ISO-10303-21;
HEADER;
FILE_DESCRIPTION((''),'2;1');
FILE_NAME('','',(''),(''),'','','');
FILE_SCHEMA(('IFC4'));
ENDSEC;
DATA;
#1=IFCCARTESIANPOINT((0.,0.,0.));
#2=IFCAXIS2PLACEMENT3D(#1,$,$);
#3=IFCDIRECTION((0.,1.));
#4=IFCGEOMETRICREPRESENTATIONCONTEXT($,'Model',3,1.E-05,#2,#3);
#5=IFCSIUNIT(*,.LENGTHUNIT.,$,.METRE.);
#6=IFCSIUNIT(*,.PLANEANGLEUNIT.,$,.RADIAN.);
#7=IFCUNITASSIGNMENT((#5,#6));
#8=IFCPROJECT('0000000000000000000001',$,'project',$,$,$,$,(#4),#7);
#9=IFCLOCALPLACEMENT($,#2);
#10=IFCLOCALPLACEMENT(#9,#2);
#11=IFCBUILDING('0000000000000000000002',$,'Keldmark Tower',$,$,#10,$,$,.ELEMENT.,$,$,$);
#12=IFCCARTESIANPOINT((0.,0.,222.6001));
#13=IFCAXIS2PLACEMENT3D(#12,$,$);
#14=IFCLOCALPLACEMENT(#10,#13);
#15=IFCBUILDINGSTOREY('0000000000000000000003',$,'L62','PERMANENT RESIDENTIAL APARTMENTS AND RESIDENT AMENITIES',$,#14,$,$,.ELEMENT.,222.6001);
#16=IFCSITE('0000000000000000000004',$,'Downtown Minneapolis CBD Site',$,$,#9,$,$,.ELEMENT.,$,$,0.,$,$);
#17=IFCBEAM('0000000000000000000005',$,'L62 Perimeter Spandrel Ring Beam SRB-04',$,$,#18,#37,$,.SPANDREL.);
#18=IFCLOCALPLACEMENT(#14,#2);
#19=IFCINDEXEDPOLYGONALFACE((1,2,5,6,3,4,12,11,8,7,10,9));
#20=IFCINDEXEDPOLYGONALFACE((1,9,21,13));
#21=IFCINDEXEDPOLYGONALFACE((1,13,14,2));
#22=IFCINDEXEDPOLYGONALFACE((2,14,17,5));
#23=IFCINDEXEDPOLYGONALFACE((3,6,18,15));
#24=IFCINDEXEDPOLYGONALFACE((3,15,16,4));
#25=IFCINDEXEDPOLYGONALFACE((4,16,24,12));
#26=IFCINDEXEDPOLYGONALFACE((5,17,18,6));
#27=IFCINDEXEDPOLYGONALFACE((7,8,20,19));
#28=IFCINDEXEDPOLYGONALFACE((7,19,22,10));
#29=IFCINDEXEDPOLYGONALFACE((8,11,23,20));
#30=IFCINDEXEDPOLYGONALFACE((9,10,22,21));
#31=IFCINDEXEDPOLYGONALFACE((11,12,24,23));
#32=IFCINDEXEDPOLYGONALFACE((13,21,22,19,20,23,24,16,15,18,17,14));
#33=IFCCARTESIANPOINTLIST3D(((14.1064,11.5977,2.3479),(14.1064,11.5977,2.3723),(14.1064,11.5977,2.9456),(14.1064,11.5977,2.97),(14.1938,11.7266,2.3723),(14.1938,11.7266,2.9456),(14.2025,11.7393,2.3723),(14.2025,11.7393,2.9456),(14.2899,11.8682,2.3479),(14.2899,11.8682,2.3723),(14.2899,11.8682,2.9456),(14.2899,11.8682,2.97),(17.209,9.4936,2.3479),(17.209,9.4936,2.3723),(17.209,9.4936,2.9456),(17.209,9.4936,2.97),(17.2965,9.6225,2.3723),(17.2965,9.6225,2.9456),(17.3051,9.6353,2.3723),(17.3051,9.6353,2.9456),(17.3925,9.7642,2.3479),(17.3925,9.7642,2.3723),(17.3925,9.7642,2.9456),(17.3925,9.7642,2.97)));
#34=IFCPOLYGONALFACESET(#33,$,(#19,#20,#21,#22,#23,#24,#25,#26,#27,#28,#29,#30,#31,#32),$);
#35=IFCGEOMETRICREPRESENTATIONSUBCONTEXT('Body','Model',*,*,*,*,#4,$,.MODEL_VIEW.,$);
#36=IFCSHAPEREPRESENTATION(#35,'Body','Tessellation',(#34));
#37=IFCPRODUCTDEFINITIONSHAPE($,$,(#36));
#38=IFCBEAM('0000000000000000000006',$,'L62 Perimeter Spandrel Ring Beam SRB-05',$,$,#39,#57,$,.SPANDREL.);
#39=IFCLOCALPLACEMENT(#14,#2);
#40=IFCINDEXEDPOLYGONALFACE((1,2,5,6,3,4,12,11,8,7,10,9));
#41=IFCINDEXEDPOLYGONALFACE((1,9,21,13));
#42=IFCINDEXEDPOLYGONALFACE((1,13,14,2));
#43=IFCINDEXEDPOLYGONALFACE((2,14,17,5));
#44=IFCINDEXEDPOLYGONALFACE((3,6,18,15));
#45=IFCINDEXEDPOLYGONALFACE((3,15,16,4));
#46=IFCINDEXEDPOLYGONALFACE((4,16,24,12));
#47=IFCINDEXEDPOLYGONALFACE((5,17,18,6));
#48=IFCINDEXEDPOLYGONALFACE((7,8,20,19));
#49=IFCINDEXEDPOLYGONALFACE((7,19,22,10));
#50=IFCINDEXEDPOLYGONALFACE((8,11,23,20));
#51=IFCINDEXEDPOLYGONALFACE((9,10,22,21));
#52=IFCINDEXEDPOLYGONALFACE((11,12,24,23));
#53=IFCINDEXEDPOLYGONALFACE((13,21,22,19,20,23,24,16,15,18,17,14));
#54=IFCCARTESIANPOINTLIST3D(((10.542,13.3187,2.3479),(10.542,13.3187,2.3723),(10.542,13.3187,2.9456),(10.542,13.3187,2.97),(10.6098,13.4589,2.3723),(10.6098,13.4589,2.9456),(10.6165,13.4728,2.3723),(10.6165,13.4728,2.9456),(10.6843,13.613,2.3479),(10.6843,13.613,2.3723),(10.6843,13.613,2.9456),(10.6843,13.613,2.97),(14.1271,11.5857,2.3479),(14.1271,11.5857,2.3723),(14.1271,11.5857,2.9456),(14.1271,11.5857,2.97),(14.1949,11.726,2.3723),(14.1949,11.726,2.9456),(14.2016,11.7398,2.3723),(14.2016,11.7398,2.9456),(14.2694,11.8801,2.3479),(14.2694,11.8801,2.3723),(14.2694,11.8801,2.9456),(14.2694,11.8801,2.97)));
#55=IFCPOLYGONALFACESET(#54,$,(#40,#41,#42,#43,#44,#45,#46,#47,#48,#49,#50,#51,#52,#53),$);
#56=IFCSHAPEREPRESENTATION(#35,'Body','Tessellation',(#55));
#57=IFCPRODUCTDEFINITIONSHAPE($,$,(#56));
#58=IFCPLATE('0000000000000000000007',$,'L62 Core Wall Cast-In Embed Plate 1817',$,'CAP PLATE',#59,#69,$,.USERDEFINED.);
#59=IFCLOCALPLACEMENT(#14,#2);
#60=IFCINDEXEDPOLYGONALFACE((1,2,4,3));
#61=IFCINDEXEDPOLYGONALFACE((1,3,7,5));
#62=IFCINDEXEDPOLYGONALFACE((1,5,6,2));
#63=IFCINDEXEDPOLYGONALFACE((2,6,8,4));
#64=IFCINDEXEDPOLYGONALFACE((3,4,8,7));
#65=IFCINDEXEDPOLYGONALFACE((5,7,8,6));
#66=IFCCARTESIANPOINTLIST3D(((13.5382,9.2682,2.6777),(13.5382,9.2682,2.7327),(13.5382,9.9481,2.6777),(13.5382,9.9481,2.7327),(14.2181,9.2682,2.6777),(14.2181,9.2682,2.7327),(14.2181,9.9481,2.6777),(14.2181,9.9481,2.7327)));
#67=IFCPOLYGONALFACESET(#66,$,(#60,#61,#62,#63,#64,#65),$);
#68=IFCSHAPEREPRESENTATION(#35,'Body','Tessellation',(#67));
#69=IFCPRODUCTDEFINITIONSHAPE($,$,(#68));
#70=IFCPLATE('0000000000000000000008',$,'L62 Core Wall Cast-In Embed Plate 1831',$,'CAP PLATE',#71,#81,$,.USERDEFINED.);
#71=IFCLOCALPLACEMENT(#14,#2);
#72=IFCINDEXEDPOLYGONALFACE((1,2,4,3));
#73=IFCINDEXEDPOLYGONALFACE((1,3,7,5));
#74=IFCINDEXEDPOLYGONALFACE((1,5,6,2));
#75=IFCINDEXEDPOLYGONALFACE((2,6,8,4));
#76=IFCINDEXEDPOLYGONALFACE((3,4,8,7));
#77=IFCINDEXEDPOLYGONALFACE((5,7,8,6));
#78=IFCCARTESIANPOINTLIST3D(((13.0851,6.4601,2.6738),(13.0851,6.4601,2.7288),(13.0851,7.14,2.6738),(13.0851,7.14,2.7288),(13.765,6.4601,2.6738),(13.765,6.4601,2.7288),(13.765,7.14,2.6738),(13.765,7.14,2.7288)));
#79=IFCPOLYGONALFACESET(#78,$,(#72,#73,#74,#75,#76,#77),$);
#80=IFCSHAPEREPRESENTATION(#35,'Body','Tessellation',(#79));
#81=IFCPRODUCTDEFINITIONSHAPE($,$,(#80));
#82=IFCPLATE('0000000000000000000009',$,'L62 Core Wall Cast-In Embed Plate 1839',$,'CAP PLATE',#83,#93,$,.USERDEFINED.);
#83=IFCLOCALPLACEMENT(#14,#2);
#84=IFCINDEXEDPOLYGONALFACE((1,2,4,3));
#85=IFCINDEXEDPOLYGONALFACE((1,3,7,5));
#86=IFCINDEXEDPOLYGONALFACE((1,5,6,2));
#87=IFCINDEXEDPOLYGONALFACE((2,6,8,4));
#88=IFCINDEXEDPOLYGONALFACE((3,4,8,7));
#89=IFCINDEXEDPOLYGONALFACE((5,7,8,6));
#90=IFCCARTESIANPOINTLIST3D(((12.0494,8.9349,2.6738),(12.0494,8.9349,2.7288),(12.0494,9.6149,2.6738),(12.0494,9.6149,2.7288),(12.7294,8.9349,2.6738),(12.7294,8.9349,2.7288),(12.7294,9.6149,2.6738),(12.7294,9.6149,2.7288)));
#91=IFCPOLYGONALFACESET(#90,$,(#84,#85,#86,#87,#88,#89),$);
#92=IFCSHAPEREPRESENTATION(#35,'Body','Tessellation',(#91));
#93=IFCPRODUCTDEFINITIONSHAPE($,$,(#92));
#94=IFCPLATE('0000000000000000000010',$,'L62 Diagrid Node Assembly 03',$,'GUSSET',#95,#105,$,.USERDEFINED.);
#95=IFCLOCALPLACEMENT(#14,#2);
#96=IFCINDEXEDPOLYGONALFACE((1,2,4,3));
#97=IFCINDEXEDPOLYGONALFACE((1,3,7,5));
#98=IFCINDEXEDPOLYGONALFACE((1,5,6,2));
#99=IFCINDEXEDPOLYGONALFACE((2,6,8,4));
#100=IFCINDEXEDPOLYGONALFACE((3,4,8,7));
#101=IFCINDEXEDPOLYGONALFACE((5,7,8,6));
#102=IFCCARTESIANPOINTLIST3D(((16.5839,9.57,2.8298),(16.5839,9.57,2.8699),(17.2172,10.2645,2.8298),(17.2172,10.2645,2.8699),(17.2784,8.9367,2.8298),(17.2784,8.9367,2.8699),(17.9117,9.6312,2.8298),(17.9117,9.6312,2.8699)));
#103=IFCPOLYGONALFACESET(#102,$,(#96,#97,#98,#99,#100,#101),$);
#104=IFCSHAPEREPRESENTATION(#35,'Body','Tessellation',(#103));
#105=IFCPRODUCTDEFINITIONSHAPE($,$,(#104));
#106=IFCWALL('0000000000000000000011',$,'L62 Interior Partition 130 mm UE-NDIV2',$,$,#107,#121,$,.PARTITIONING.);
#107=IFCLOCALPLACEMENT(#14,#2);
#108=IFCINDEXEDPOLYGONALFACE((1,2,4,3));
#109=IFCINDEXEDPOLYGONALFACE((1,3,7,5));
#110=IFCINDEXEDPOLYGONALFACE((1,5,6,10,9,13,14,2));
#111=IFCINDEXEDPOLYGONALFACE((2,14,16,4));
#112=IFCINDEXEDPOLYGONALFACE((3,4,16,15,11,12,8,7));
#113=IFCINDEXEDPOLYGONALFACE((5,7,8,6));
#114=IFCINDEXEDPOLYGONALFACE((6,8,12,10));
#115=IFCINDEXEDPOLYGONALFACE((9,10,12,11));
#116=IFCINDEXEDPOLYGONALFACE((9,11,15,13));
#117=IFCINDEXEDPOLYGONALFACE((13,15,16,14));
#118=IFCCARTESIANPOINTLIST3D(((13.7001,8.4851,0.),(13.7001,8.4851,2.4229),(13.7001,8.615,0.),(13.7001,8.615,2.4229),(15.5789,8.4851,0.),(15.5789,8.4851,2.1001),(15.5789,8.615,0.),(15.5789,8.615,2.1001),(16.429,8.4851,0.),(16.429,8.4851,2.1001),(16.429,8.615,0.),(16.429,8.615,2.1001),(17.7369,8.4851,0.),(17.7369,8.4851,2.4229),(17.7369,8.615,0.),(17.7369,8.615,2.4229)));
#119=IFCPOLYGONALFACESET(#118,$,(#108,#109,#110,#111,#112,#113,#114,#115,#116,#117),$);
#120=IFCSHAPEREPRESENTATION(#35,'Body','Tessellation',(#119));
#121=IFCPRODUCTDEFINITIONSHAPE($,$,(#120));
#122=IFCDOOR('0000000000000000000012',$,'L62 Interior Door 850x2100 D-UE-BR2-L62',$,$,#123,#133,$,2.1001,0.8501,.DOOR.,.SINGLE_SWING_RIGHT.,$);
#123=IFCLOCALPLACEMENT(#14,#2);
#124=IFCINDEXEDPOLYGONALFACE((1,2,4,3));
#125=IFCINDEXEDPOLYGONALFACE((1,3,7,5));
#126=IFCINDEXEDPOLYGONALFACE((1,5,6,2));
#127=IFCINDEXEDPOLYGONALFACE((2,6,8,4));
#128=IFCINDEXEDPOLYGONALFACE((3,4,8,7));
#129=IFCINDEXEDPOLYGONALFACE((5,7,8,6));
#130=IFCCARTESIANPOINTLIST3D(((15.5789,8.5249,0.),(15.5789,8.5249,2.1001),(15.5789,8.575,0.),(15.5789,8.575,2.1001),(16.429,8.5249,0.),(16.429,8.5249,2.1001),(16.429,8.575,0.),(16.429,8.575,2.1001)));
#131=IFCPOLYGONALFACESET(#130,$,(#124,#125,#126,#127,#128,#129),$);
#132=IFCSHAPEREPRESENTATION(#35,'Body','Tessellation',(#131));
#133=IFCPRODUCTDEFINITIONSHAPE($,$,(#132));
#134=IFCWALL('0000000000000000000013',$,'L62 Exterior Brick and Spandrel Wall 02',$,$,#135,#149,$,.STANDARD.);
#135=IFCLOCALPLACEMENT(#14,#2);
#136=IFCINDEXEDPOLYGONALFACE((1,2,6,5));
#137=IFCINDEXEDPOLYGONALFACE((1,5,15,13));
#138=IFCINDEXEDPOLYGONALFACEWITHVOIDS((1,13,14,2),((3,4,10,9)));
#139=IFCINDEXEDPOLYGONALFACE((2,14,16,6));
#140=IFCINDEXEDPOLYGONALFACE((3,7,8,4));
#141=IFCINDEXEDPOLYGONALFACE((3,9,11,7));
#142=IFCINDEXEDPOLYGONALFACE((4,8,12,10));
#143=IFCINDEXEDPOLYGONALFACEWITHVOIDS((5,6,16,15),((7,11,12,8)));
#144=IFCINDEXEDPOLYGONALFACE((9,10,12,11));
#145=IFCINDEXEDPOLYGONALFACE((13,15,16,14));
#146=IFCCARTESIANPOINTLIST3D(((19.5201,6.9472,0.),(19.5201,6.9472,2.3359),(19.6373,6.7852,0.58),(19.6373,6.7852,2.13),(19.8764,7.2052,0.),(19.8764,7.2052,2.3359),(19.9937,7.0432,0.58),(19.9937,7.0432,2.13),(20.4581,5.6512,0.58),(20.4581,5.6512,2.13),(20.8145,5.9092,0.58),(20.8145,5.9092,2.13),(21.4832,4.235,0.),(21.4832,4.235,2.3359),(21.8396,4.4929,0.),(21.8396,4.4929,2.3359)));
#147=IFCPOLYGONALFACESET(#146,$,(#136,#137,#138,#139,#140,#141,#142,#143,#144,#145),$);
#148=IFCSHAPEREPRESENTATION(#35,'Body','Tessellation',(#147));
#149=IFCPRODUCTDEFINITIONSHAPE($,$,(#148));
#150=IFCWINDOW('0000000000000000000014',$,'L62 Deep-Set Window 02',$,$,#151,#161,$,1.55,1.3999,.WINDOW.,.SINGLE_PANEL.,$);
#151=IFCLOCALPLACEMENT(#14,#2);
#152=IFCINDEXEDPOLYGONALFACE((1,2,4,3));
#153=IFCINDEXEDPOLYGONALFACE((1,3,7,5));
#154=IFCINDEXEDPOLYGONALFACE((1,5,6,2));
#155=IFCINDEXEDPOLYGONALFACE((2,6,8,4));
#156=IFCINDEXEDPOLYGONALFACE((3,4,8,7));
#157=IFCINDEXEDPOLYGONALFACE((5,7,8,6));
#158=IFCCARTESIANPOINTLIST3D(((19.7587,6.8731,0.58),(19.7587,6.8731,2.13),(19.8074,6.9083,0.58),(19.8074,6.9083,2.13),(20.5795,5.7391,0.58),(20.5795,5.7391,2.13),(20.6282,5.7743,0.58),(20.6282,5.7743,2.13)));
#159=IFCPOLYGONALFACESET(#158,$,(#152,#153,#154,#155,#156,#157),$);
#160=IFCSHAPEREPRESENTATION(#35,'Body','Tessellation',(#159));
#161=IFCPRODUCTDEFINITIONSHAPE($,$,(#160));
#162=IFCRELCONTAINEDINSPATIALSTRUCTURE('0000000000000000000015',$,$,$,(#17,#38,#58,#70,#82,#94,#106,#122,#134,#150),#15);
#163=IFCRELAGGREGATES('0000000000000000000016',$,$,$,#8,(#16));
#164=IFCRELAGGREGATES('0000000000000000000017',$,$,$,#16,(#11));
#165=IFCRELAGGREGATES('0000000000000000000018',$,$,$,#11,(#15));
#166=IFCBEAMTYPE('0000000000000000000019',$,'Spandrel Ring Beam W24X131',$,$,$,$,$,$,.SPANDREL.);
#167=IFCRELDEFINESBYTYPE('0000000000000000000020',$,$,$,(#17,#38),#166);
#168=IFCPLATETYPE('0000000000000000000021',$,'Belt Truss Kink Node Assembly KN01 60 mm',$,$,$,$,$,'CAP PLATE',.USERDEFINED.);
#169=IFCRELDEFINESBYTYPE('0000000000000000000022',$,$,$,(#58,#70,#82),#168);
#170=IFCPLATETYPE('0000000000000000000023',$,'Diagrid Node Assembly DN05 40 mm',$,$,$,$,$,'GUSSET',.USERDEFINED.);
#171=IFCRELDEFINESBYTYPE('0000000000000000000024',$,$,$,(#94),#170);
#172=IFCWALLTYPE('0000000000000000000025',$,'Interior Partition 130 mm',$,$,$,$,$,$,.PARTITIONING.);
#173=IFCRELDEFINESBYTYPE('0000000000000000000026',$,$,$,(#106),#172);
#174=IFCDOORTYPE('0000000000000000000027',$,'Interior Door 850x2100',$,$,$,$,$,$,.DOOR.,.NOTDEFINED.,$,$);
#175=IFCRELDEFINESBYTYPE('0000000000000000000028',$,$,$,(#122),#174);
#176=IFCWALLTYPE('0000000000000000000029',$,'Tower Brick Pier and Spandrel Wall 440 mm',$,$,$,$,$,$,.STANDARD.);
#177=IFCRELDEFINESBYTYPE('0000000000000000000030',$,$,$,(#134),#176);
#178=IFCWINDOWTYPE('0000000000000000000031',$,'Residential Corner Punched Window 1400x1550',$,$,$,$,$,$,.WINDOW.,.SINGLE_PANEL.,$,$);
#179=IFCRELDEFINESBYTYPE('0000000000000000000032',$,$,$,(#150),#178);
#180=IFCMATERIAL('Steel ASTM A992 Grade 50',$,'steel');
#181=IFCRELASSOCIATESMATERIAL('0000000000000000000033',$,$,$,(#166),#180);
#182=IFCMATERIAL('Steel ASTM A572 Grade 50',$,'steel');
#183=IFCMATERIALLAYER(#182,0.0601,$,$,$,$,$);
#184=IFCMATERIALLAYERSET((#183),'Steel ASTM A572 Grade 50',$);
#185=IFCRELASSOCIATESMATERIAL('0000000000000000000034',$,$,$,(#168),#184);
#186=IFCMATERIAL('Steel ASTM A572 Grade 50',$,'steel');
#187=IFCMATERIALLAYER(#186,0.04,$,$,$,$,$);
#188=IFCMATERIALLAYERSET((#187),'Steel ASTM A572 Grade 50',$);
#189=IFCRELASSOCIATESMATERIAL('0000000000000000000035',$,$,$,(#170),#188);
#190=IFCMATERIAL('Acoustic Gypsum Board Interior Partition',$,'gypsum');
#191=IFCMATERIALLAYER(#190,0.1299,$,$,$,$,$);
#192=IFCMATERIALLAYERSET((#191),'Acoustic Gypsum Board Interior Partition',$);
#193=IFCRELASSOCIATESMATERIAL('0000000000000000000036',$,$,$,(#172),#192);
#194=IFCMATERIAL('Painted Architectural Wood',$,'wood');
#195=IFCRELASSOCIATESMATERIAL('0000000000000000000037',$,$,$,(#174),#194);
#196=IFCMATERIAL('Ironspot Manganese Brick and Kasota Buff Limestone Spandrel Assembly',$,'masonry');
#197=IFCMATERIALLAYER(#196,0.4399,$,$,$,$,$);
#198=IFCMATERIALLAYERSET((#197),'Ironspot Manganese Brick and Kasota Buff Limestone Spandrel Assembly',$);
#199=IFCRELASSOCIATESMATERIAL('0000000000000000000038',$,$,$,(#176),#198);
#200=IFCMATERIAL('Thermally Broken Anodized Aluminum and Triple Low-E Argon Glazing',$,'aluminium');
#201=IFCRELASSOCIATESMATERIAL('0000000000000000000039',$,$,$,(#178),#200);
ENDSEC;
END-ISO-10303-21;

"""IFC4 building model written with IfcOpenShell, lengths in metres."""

from ifc_helpers import new_model, si_unit, direction, frame, frame_2d, origin, origin_2d, place, context, subcontext, project, spatial, rectangle, i_section, extrude, material, layer, layer_set, material_profile, profile_set, type_object, element, fill, save


model = new_model("IFC4")

# Units and contexts
model_context = context("Model", 3, precision=1e-05, world=origin(), true_north=direction((0.0, 1.0)))
body_context = subcontext(model_context, "Body", "Model", "MODEL_VIEW")
ifc_project = project(units=[si_unit("LENGTHUNIT", "METRE"), si_unit("PLANEANGLEUNIT", "RADIAN")], contexts=[model_context])

# Site, building, storey
site_placement = place(None, origin())
site = spatial("IfcSite", under=ifc_project, at=site_placement, Name="Downtown Minneapolis CBD Site", CompositionType="ELEMENT", RefElevation=0.0)
building_placement = place(site_placement, origin())
building = spatial("IfcBuilding", under=site, at=building_placement, Name="Keldmark Tower", CompositionType="ELEMENT")
storey_placement = place(building_placement, frame((0.0, 0.0, 222.6001)))
storey = spatial("IfcBuildingStorey", under=building, at=storey_placement, Name="L62", Description="PERMANENT RESIDENTIAL APARTMENTS AND RESIDENT AMENITIES", CompositionType="ELEMENT", Elevation=222.6001)

# Beams
ifc_material_1 = material(Name="Steel ASTM A992 Grade 50", Category="steel")
ifc_material_profile_1 = material_profile(ifc_material_1, i_section(OverallWidth=0.3269, OverallDepth=0.6221, WebThickness=0.0154, FlangeThickness=0.0244, at=origin_2d()), Name="W24X131")
ifc_profile_set_1 = profile_set([ifc_material_profile_1], Name="Steel ASTM A992 Grade 50")
beam_type_1 = type_object("IfcBeamType", Name="Spandrel Ring Beam W24X131", PredefinedType="SPANDREL", material=ifc_profile_set_1)
beam_1_placement = place(storey_placement, frame((17.3008, 9.6289, 2.6589), z_axis=(-0.827636, 0.561266, 0.0), x_axis=(-0.561266, -0.827636, 0.0)))
element("IfcBeam", 1, at=beam_1_placement, inside=storey, type_object=beam_type_1, Name="L62 Perimeter Spandrel Ring Beam SRB-04", PredefinedType="SPANDREL", context=body_context, shape_type="SweptSolid", body=[
    extrude(i_section(OverallWidth=0.3269, OverallDepth=0.6221, WebThickness=0.0154, FlangeThickness=0.0244, at=origin_2d()), origin(), (0.0, 0.0, 1.0), 3.7488),
])
beam_2_placement = place(storey_placement, frame((14.1982, 11.7329, 2.6589), z_axis=(-0.900331, 0.435205, 0.0), x_axis=(-0.435205, -0.900331, 0.0)))
element("IfcBeam", 2, at=beam_2_placement, inside=storey, type_object=beam_type_1, Name="L62 Perimeter Spandrel Ring Beam SRB-05", PredefinedType="SPANDREL", context=body_context, shape_type="SweptSolid", body=[
    extrude(i_section(OverallWidth=0.3269, OverallDepth=0.6221, WebThickness=0.0154, FlangeThickness=0.0244, at=origin_2d()), origin(), (0.0, 0.0, 1.0), 3.9819),
])

# Plates
ifc_material_2 = material(Name="Steel ASTM A572 Grade 50", Category="steel")
ifc_layer_1 = layer(ifc_material_2, 0.0601)
ifc_layer_set_1 = layer_set([ifc_layer_1], Name="Steel ASTM A572 Grade 50")
plate_type_1 = type_object("IfcPlateType", Name="Belt Truss Kink Node Assembly KN01 60 mm", ElementType="CAP PLATE", PredefinedType="USERDEFINED", material=ifc_layer_set_1)
for number, where, z_axis, x_axis, name in (
    (3, (13.8782, 9.6082, 2.6777), (0.0, 0.0, 1.0), (1.0, 0.0, 0.0), "L62 Core Wall Cast-In Embed Plate 1817"),
    (4, (13.425, 6.8, 2.6738), (0.0, 0.0, 1.0), (1.0, 0.0, 0.0), "L62 Core Wall Cast-In Embed Plate 1831"),
    (5, (12.3894, 9.2749, 2.6738), (0.0, 0.0, 1.0), (1.0, 0.0, 0.0), "L62 Core Wall Cast-In Embed Plate 1839"),
):
    element("IfcPlate", number, at=place(storey_placement, frame(where, z_axis=z_axis, x_axis=x_axis)), inside=storey, type_object=plate_type_1, Name=name, ObjectType="CAP PLATE", PredefinedType="USERDEFINED", context=body_context, shape_type="SweptSolid", body=[
        extrude(rectangle(XDim=0.6799, YDim=0.6799, at=origin_2d()), origin(), (0.0, 0.0, 1.0), 0.0549),
    ])
ifc_material_3 = material(Name="Steel ASTM A572 Grade 50", Category="steel")
ifc_layer_2 = layer(ifc_material_3, 0.04)
ifc_layer_set_2 = layer_set([ifc_layer_2], Name="Steel ASTM A572 Grade 50")
plate_type_2 = type_object("IfcPlateType", Name="Diagrid Node Assembly DN05 40 mm", ElementType="GUSSET", PredefinedType="USERDEFINED", material=ifc_layer_set_2)
plate_placement = place(storey_placement, frame((17.2478, 9.6006, 2.8298), z_axis=(0.0, 0.0, 1.0), x_axis=(-0.738926, 0.673787, 0.0)))
element("IfcPlate", 6, at=plate_placement, inside=storey, type_object=plate_type_2, Name="L62 Diagrid Node Assembly 03", ObjectType="GUSSET", PredefinedType="USERDEFINED", context=body_context, shape_type="SweptSolid", body=[
    extrude(rectangle(XDim=0.9399, YDim=0.9399, at=origin_2d()), origin(), (0.0, 0.0, 1.0), 0.04),
])

# Wall, opening, door
ifc_material_4 = material(Name="Acoustic Gypsum Board Interior Partition", Category="gypsum")
ifc_layer_3 = layer(ifc_material_4, 0.1299)
ifc_layer_set_3 = layer_set([ifc_layer_3], Name="Acoustic Gypsum Board Interior Partition")
wall_type_1 = type_object("IfcWallType", Name="Interior Partition 130 mm", PredefinedType="PARTITIONING", material=ifc_layer_set_3)
wall_1_placement = place(storey_placement, frame((13.7, 8.55, 0.0), z_axis=(0.0, 0.0, 1.0), x_axis=(1.0, 0.0, 0.0)))
wall_1 = element("IfcWall", 7, at=wall_1_placement, inside=storey, type_object=wall_type_1, Name="L62 Interior Partition 130 mm UE-NDIV2", PredefinedType="PARTITIONING", context=body_context, shape_type="SweptSolid", body=[
    extrude(rectangle(XDim=4.0369, YDim=0.1299, at=frame_2d((2.0186, 0.0))), origin(), (0.0, 0.0, 1.0), 2.4229),
])
opening_1_placement = place(wall_1_placement, frame((1.8789, 0.0, 0.0)))
opening_1 = element("IfcOpeningElement", 8, at=opening_1_placement, cuts=wall_1, PredefinedType="OPENING", context=body_context, shape_type="SweptSolid", body=[
    extrude(rectangle(XDim=0.8501, YDim=2.1001, at=frame_2d((0.425, 1.05))), frame((0.0, 0.075, 0.0), z_axis=(0.0, -1.0, 0.0), x_axis=(1.0, 0.0, 0.0)), (0.0, 0.0, 1.0), 0.1499),
])
ifc_material_5 = material(Name="Painted Architectural Wood", Category="wood")
door_type = type_object("IfcDoorType", Name="Interior Door 850x2100", OperationType="NOTDEFINED", PredefinedType="DOOR", material=ifc_material_5)
door_placement = place(opening_1_placement, origin())
door = element("IfcDoor", 9, at=door_placement, inside=storey, type_object=door_type, Name="L62 Interior Door 850x2100 D-UE-BR2-L62", OperationType="SINGLE_SWING_RIGHT", OverallHeight=2.1001, OverallWidth=0.8501, PredefinedType="DOOR", context=body_context, shape_type="SweptSolid", body=[
    extrude(rectangle(XDim=0.8501, YDim=2.1001, at=frame_2d((0.425, 1.05))), frame((0.0, 0.0249, 0.0), z_axis=(0.0, -1.0, 0.0), x_axis=(1.0, 0.0, 0.0)), (0.0, 0.0, 1.0), 0.05),
])
fill(opening_1, door)

# Wall, opening, window
ifc_material_6 = material(Name="Ironspot Manganese Brick and Kasota Buff Limestone Spandrel Assembly", Category="masonry")
ifc_layer_4 = layer(ifc_material_6, 0.4399)
ifc_layer_set_4 = layer_set([ifc_layer_4], Name="Ironspot Manganese Brick and Kasota Buff Limestone Spandrel Assembly")
wall_type_2 = type_object("IfcWallType", Name="Tower Brick Pier and Spandrel Wall 440 mm", PredefinedType="STANDARD", material=ifc_layer_set_4)
wall_2_placement = place(storey_placement, frame((19.6982, 7.0762, 0.0), z_axis=(0.0, 0.0, 1.0), x_axis=(0.586345, -0.810062, 0.0)))
wall_2 = element("IfcWall", 10, at=wall_2_placement, inside=storey, type_object=wall_type_2, Name="L62 Exterior Brick and Spandrel Wall 02", PredefinedType="STANDARD", context=body_context, shape_type="SweptSolid", body=[
    extrude(rectangle(XDim=3.3481, YDim=0.4399, at=frame_2d((1.6741, 0.0))), origin(), (0.0, 0.0, 1.0), 2.3359),
])
opening_2_placement = place(wall_2_placement, frame((0.2, 0.0, 0.5801)))
opening_2 = element("IfcOpeningElement", 11, at=opening_2_placement, cuts=wall_2, PredefinedType="OPENING", context=body_context, shape_type="SweptSolid", body=[
    extrude(rectangle(XDim=1.3999, YDim=1.55, at=frame_2d((0.7, 0.7749))), frame((0.0, 0.23, 0.0), z_axis=(0.0, -1.0, 0.0), x_axis=(1.0, 0.0, 0.0)), (0.0, 0.0, 1.0), 0.46),
])
ifc_material_7 = material(Name="Thermally Broken Anodized Aluminum and Triple Low-E Argon Glazing", Category="aluminium")
window_type_1 = type_object("IfcWindowType", Name="Residential Corner Punched Window 1400x1550", PartitioningType="SINGLE_PANEL", PredefinedType="WINDOW", material=ifc_material_7)
window_1_placement = place(opening_2_placement, origin())
window_1 = element("IfcWindow", 12, at=window_1_placement, inside=storey, type_object=window_type_1, Name="L62 Deep-Set Window 02", OverallHeight=1.55, OverallWidth=1.3999, PartitioningType="SINGLE_PANEL", PredefinedType="WINDOW", context=body_context, shape_type="SweptSolid", body=[
    extrude(rectangle(XDim=1.3999, YDim=1.55, at=frame_2d((0.7, 0.7749))), frame((0.0, -0.01, 0.0), z_axis=(0.0, -1.0, 0.0), x_axis=(1.0, 0.0, 0.0)), (0.0, 0.0, 1.0), 0.0601),
])
fill(opening_2, window_1)

save(model, "model.ifc")
